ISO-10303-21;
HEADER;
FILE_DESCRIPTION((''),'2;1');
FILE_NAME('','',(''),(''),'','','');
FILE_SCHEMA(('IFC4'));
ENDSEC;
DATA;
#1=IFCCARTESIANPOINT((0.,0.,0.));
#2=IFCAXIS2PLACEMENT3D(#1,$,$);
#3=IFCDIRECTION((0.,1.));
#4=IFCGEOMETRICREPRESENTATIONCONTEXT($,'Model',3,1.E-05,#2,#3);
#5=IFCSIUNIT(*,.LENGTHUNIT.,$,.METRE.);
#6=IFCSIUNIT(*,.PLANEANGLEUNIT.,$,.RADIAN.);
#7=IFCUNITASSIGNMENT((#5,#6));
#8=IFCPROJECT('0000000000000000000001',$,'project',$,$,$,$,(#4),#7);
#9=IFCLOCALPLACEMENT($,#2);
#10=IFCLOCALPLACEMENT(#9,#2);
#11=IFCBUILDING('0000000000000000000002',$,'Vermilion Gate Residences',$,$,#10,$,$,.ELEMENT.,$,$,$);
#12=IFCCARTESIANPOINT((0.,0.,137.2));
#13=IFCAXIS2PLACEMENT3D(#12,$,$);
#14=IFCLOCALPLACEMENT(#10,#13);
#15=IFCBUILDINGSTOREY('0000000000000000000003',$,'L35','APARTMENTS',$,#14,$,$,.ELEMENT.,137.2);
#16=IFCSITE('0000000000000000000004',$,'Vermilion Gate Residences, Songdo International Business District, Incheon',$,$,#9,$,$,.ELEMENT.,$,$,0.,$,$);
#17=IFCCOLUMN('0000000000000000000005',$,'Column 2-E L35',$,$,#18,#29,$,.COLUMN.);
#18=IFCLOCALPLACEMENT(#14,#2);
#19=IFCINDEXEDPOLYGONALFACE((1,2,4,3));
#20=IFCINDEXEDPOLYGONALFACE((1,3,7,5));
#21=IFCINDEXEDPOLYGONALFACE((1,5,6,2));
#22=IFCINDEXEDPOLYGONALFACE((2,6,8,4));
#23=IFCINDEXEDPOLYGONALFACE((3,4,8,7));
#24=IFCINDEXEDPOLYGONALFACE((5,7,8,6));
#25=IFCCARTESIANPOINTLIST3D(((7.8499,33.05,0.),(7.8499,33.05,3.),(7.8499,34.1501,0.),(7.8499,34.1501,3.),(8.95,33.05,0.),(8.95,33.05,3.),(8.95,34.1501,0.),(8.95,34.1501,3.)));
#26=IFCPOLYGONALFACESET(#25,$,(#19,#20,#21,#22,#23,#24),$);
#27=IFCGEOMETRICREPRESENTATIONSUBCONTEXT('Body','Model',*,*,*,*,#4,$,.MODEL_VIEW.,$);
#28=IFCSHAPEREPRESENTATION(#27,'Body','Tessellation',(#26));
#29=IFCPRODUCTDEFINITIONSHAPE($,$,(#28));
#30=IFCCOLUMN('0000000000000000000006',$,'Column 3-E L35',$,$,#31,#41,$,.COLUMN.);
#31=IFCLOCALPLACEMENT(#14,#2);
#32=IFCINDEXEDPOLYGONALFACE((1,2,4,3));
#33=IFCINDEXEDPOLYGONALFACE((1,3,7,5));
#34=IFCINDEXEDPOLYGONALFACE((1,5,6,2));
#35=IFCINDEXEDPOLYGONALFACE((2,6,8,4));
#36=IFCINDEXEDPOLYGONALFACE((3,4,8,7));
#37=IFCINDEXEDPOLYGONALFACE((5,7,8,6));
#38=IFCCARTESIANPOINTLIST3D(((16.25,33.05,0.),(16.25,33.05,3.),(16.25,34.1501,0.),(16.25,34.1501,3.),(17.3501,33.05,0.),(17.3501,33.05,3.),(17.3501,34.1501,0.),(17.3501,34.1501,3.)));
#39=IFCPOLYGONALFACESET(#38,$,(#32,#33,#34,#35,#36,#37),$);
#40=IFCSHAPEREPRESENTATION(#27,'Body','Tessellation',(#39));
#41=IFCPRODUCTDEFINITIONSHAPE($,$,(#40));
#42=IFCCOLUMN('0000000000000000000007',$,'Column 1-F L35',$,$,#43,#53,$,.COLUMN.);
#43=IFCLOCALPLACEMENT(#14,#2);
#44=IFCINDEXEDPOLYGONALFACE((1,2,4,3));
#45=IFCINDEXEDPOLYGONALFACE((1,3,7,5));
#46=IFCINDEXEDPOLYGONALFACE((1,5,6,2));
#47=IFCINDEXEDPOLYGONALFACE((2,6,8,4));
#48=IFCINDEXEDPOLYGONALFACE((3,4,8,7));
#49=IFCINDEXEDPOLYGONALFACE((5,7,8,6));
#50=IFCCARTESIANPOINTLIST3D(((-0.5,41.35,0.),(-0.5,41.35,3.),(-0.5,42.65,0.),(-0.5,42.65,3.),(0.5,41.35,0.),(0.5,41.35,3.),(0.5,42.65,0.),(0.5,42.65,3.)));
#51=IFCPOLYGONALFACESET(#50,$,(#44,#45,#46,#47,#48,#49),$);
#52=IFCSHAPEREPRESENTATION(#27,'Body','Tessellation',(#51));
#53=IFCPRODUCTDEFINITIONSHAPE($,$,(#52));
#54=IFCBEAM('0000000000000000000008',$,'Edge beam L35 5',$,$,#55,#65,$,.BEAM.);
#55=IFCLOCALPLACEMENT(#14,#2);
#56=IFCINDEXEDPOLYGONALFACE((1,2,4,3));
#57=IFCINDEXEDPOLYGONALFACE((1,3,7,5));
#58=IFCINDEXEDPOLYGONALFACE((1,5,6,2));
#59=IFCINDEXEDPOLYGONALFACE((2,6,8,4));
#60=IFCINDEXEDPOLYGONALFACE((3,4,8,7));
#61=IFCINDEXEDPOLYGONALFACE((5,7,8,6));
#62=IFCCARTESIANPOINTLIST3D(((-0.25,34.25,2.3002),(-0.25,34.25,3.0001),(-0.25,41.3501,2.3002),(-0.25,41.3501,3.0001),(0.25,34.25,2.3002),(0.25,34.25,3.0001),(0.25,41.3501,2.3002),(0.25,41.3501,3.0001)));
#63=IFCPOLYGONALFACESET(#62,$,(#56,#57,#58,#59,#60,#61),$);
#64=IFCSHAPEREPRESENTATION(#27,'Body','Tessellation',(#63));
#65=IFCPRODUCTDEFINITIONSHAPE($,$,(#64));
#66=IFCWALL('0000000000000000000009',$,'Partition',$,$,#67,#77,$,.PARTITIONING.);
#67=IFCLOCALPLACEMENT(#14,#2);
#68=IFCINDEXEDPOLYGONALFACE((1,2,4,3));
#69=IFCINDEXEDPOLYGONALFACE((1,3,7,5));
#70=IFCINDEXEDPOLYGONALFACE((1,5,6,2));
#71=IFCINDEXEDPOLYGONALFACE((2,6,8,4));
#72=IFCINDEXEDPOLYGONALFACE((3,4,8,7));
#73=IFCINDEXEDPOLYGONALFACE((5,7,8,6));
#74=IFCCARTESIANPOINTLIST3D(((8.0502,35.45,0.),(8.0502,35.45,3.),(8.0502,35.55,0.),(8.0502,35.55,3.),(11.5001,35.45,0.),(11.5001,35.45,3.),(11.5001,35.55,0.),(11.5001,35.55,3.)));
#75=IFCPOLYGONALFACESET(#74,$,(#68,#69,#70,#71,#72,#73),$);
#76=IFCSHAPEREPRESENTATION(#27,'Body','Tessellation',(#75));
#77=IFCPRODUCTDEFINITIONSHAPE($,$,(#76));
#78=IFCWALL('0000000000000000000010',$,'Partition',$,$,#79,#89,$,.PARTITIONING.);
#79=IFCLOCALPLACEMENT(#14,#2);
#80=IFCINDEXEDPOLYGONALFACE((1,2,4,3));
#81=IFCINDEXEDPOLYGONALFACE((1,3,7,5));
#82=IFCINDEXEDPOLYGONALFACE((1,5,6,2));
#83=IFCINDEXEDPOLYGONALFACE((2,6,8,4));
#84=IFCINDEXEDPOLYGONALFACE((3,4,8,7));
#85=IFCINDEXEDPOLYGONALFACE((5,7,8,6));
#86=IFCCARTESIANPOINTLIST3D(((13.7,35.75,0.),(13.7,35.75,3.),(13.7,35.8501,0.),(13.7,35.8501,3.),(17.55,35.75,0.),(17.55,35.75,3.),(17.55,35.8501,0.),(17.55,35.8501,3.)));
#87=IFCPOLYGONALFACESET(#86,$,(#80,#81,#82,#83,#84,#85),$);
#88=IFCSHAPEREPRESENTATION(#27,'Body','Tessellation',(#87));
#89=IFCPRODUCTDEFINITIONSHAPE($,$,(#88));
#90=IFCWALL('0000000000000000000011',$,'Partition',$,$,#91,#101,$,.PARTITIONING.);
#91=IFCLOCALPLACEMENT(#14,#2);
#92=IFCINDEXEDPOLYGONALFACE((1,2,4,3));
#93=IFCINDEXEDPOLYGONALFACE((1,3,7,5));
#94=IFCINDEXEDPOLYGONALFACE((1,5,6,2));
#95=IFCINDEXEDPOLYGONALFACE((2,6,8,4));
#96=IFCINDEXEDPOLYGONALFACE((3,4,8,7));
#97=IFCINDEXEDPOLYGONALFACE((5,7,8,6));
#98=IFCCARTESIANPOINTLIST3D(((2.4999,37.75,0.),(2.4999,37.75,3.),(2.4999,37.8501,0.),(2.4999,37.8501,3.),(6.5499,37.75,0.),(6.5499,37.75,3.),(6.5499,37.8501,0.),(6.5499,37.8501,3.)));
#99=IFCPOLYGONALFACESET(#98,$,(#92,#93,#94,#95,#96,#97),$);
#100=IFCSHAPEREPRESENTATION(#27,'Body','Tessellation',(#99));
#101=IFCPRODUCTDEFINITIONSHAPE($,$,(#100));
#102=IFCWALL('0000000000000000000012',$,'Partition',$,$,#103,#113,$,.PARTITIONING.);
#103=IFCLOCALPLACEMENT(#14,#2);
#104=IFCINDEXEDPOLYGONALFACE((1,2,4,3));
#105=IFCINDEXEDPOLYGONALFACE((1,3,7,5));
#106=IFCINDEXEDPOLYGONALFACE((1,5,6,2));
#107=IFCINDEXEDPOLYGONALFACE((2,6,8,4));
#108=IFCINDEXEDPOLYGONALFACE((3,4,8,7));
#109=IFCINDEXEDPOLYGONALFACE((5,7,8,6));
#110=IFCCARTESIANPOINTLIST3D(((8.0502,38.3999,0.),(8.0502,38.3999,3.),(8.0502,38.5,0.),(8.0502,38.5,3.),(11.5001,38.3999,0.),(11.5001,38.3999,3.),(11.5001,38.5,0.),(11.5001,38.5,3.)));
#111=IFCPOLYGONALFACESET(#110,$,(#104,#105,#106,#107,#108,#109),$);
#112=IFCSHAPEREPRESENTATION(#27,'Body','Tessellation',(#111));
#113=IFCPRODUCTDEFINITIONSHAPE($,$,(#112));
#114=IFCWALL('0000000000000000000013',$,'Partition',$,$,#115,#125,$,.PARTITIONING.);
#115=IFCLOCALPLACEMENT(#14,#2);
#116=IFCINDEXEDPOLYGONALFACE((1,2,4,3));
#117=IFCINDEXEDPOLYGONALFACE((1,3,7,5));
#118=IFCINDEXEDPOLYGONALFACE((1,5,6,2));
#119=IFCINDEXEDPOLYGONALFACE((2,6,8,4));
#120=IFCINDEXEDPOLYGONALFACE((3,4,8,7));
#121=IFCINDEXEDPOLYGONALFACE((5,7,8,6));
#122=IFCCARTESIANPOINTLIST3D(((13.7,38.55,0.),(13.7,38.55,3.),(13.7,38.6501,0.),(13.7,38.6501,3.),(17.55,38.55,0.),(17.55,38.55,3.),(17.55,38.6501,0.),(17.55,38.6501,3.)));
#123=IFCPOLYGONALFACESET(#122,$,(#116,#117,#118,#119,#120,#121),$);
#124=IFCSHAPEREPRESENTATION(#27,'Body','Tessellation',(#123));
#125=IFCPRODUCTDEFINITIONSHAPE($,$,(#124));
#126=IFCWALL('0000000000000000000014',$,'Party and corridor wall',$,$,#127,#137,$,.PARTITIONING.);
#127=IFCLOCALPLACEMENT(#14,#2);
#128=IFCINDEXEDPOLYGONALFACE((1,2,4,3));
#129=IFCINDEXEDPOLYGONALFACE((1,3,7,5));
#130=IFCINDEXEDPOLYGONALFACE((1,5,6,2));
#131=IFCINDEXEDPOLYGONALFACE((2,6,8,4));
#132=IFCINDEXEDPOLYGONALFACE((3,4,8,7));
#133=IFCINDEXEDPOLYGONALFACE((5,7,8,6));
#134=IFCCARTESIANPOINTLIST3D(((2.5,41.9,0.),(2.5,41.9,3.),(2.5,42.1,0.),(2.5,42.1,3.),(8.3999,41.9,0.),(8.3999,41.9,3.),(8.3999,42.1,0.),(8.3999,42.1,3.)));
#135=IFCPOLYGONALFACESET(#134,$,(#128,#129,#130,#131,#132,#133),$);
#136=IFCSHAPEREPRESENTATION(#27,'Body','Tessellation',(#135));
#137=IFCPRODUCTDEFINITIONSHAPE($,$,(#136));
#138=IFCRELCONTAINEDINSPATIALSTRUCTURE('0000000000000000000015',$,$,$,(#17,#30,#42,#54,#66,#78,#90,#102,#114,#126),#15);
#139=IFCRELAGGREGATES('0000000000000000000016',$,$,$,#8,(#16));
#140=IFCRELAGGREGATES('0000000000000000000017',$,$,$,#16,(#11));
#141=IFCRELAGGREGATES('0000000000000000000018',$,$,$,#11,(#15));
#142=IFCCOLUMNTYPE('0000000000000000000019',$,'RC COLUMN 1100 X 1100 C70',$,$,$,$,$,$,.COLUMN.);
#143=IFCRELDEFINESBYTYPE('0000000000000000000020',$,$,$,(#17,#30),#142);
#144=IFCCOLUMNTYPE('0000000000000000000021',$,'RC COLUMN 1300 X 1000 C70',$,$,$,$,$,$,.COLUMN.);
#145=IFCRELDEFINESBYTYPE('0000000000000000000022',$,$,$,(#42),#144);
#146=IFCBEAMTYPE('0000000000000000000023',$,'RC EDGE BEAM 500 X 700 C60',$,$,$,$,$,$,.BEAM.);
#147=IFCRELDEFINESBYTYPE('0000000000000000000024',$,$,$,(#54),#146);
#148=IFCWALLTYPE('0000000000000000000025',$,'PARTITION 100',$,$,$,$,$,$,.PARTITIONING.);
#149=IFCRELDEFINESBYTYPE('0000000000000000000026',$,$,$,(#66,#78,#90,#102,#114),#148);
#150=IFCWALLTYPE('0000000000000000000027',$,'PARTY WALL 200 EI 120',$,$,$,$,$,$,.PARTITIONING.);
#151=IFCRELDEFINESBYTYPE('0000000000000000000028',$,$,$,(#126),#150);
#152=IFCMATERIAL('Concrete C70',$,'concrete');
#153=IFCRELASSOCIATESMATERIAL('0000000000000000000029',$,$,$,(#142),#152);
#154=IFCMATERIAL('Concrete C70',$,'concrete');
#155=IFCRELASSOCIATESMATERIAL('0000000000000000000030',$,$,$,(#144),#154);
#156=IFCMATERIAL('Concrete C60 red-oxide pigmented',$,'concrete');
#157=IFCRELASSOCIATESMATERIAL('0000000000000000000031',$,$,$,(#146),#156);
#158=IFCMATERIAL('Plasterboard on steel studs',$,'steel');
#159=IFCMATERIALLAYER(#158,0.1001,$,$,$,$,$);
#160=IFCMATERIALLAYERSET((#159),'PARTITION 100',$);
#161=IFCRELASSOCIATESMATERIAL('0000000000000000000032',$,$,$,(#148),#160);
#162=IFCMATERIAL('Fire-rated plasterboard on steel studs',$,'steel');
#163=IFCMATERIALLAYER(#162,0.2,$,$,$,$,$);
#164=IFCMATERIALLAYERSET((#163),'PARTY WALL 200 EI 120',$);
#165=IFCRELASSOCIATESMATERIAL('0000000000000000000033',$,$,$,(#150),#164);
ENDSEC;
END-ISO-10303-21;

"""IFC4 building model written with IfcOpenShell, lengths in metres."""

from ifc_helpers import new_model, si_unit, direction, frame, frame_2d, origin, origin_2d, place, context, subcontext, project, spatial, rectangle, extrude, material, layer, layer_set, material_profile, profile_set, type_object, element, save


model = new_model("IFC4")

# Units and contexts
model_context = context("Model", 3, precision=1e-05, world=origin(), true_north=direction((0.0, 1.0)))
body_context = subcontext(model_context, "Body", "Model", "MODEL_VIEW")
ifc_project = project(units=[si_unit("LENGTHUNIT", "METRE"), si_unit("PLANEANGLEUNIT", "RADIAN")], contexts=[model_context])

# Site, building, storey
site_placement = place(None, origin())
site = spatial("IfcSite", under=ifc_project, at=site_placement, Name="Vermilion Gate Residences, Songdo International Business District, Incheon", CompositionType="ELEMENT", RefElevation=0.0)
building_placement = place(site_placement, origin())
building = spatial("IfcBuilding", under=site, at=building_placement, Name="Vermilion Gate Residences", CompositionType="ELEMENT")
storey_placement = place(building_placement, frame((0.0, 0.0, 137.2)))
storey = spatial("IfcBuildingStorey", under=building, at=storey_placement, Name="L35", Description="APARTMENTS", CompositionType="ELEMENT", Elevation=137.2)

# Columns
ifc_material_1 = material(Name="Concrete C70", Category="concrete")
ifc_material_profile_1 = material_profile(ifc_material_1, rectangle(XDim=1.1001, YDim=1.1001, at=origin_2d()), Name="RC-1100x1100")
ifc_profile_set_1 = profile_set([ifc_material_profile_1], Name="Concrete C70")
column_type_1 = type_object("IfcColumnType", Name="RC COLUMN 1100 X 1100 C70", PredefinedType="COLUMN", material=ifc_profile_set_1)
for number, where, z_axis, x_axis, name in (
    (1, (8.3999, 33.6001, 0.0), (0.0, 0.0, 1.0), (1.0, 0.0, 0.0), "Column 2-E L35"),
    (2, (16.8, 33.6001, 0.0), (0.0, 0.0, 1.0), (1.0, 0.0, 0.0), "Column 3-E L35"),
):
    element("IfcColumn", number, at=place(storey_placement, frame(where, z_axis=z_axis, x_axis=x_axis)), inside=storey, type_object=column_type_1, Name=name, PredefinedType="COLUMN", context=body_context, shape_type="SweptSolid", body=[
        extrude(rectangle(XDim=1.1001, YDim=1.1001, at=origin_2d()), origin(), (0.0, 0.0, 1.0), 3.0),
    ])
ifc_material_2 = material(Name="Concrete C70", Category="concrete")
ifc_material_profile_2 = material_profile(ifc_material_2, rectangle(XDim=1.3, YDim=1.0, at=origin_2d()), Name="RC-1300x1000")
ifc_profile_set_2 = profile_set([ifc_material_profile_2], Name="Concrete C70")
column_type_2 = type_object("IfcColumnType", Name="RC COLUMN 1300 X 1000 C70", PredefinedType="COLUMN", material=ifc_profile_set_2)
column_placement = place(storey_placement, frame((0.0, 42.0, 0.0), z_axis=(0.0, 0.0, 1.0), x_axis=(0.0, 1.0, 0.0)))
element("IfcColumn", 3, at=column_placement, inside=storey, type_object=column_type_2, Name="Column 1-F L35", PredefinedType="COLUMN", context=body_context, shape_type="SweptSolid", body=[
    extrude(rectangle(XDim=1.3, YDim=1.0, at=origin_2d()), origin(), (0.0, 0.0, 1.0), 3.0),
])

# Beam
ifc_material_3 = material(Name="Concrete C60 red-oxide pigmented", Category="concrete")
ifc_material_profile_3 = material_profile(ifc_material_3, rectangle(XDim=0.5, YDim=0.7, at=origin_2d()), Name="RC-500x700")
ifc_profile_set_3 = profile_set([ifc_material_profile_3], Name="Concrete C60 red-oxide pigmented")
beam_type = type_object("IfcBeamType", Name="RC EDGE BEAM 500 X 700 C60", PredefinedType="BEAM", material=ifc_profile_set_3)
beam_placement = place(storey_placement, frame((0.0, 34.25, 2.6501), z_axis=(0.0, 1.0, 0.0), x_axis=(-1.0, 0.0, 0.0)))
element("IfcBeam", 4, at=beam_placement, inside=storey, type_object=beam_type, Name="Edge beam L35 5", PredefinedType="BEAM", context=body_context, shape_type="SweptSolid", body=[
    extrude(rectangle(XDim=0.5, YDim=0.7, at=origin_2d()), origin(), (0.0, 0.0, 1.0), 7.1001),
])

# Walls
ifc_material_4 = material(Name="Plasterboard on steel studs", Category="steel")
ifc_layer_1 = layer(ifc_material_4, 0.1001)
ifc_layer_set_1 = layer_set([ifc_layer_1], Name="PARTITION 100")
wall_type_1 = type_object("IfcWallType", Name="PARTITION 100", PredefinedType="PARTITIONING", material=ifc_layer_set_1)
wall_1_placement = place(storey_placement, frame((8.05, 35.5, 0.0), z_axis=(0.0, 0.0, 1.0), x_axis=(1.0, 0.0, 0.0)))
element("IfcWall", 5, at=wall_1_placement, inside=storey, type_object=wall_type_1, Name="Partition", PredefinedType="PARTITIONING", context=body_context, shape_type="SweptSolid", body=[
    extrude(rectangle(XDim=3.45, YDim=0.1001, at=frame_2d((1.7251, 0.0))), origin(), (0.0, 0.0, 1.0), 3.0),
])
wall_2_placement = place(storey_placement, frame((13.7, 35.8, 0.0), z_axis=(0.0, 0.0, 1.0), x_axis=(1.0, 0.0, 0.0)))
element("IfcWall", 6, at=wall_2_placement, inside=storey, type_object=wall_type_1, Name="Partition", PredefinedType="PARTITIONING", context=body_context, shape_type="SweptSolid", body=[
    extrude(rectangle(XDim=3.8501, YDim=0.1001, at=frame_2d((1.925, 0.0))), origin(), (0.0, 0.0, 1.0), 3.0),
])
wall_3_placement = place(storey_placement, frame((2.5, 37.8, 0.0), z_axis=(0.0, 0.0, 1.0), x_axis=(1.0, 0.0, 0.0)))
element("IfcWall", 7, at=wall_3_placement, inside=storey, type_object=wall_type_1, Name="Partition", PredefinedType="PARTITIONING", context=body_context, shape_type="SweptSolid", body=[
    extrude(rectangle(XDim=4.05, YDim=0.1001, at=frame_2d((2.0249, 0.0))), origin(), (0.0, 0.0, 1.0), 3.0),
])
wall_4_placement = place(storey_placement, frame((8.05, 38.45, 0.0), z_axis=(0.0, 0.0, 1.0), x_axis=(1.0, 0.0, 0.0)))
element("IfcWall", 8, at=wall_4_placement, inside=storey, type_object=wall_type_1, Name="Partition", PredefinedType="PARTITIONING", context=body_context, shape_type="SweptSolid", body=[
    extrude(rectangle(XDim=3.45, YDim=0.1001, at=frame_2d((1.7251, 0.0))), origin(), (0.0, 0.0, 1.0), 3.0),
])
wall_5_placement = place(storey_placement, frame((13.7, 38.6001, 0.0), z_axis=(0.0, 0.0, 1.0), x_axis=(1.0, 0.0, 0.0)))
element("IfcWall", 9, at=wall_5_placement, inside=storey, type_object=wall_type_1, Name="Partition", PredefinedType="PARTITIONING", context=body_context, shape_type="SweptSolid", body=[
    extrude(rectangle(XDim=3.8501, YDim=0.1001, at=frame_2d((1.925, 0.0))), origin(), (0.0, 0.0, 1.0), 3.0),
])
ifc_material_5 = material(Name="Fire-rated plasterboard on steel studs", Category="steel")
ifc_layer_2 = layer(ifc_material_5, 0.2)
ifc_layer_set_2 = layer_set([ifc_layer_2], Name="PARTY WALL 200 EI 120")
wall_type_2 = type_object("IfcWallType", Name="PARTY WALL 200 EI 120", PredefinedType="PARTITIONING", material=ifc_layer_set_2)
wall_6_placement = place(storey_placement, frame((2.5, 42.0, 0.0), z_axis=(0.0, 0.0, 1.0), x_axis=(1.0, 0.0, 0.0)))
element("IfcWall", 10, at=wall_6_placement, inside=storey, type_object=wall_type_2, Name="Party and corridor wall", PredefinedType="PARTITIONING", context=body_context, shape_type="SweptSolid", body=[
    extrude(rectangle(XDim=5.8999, YDim=0.2, at=frame_2d((2.95, 0.0))), origin(), (0.0, 0.0, 1.0), 3.0),
])

save(model, "model.ifc")
